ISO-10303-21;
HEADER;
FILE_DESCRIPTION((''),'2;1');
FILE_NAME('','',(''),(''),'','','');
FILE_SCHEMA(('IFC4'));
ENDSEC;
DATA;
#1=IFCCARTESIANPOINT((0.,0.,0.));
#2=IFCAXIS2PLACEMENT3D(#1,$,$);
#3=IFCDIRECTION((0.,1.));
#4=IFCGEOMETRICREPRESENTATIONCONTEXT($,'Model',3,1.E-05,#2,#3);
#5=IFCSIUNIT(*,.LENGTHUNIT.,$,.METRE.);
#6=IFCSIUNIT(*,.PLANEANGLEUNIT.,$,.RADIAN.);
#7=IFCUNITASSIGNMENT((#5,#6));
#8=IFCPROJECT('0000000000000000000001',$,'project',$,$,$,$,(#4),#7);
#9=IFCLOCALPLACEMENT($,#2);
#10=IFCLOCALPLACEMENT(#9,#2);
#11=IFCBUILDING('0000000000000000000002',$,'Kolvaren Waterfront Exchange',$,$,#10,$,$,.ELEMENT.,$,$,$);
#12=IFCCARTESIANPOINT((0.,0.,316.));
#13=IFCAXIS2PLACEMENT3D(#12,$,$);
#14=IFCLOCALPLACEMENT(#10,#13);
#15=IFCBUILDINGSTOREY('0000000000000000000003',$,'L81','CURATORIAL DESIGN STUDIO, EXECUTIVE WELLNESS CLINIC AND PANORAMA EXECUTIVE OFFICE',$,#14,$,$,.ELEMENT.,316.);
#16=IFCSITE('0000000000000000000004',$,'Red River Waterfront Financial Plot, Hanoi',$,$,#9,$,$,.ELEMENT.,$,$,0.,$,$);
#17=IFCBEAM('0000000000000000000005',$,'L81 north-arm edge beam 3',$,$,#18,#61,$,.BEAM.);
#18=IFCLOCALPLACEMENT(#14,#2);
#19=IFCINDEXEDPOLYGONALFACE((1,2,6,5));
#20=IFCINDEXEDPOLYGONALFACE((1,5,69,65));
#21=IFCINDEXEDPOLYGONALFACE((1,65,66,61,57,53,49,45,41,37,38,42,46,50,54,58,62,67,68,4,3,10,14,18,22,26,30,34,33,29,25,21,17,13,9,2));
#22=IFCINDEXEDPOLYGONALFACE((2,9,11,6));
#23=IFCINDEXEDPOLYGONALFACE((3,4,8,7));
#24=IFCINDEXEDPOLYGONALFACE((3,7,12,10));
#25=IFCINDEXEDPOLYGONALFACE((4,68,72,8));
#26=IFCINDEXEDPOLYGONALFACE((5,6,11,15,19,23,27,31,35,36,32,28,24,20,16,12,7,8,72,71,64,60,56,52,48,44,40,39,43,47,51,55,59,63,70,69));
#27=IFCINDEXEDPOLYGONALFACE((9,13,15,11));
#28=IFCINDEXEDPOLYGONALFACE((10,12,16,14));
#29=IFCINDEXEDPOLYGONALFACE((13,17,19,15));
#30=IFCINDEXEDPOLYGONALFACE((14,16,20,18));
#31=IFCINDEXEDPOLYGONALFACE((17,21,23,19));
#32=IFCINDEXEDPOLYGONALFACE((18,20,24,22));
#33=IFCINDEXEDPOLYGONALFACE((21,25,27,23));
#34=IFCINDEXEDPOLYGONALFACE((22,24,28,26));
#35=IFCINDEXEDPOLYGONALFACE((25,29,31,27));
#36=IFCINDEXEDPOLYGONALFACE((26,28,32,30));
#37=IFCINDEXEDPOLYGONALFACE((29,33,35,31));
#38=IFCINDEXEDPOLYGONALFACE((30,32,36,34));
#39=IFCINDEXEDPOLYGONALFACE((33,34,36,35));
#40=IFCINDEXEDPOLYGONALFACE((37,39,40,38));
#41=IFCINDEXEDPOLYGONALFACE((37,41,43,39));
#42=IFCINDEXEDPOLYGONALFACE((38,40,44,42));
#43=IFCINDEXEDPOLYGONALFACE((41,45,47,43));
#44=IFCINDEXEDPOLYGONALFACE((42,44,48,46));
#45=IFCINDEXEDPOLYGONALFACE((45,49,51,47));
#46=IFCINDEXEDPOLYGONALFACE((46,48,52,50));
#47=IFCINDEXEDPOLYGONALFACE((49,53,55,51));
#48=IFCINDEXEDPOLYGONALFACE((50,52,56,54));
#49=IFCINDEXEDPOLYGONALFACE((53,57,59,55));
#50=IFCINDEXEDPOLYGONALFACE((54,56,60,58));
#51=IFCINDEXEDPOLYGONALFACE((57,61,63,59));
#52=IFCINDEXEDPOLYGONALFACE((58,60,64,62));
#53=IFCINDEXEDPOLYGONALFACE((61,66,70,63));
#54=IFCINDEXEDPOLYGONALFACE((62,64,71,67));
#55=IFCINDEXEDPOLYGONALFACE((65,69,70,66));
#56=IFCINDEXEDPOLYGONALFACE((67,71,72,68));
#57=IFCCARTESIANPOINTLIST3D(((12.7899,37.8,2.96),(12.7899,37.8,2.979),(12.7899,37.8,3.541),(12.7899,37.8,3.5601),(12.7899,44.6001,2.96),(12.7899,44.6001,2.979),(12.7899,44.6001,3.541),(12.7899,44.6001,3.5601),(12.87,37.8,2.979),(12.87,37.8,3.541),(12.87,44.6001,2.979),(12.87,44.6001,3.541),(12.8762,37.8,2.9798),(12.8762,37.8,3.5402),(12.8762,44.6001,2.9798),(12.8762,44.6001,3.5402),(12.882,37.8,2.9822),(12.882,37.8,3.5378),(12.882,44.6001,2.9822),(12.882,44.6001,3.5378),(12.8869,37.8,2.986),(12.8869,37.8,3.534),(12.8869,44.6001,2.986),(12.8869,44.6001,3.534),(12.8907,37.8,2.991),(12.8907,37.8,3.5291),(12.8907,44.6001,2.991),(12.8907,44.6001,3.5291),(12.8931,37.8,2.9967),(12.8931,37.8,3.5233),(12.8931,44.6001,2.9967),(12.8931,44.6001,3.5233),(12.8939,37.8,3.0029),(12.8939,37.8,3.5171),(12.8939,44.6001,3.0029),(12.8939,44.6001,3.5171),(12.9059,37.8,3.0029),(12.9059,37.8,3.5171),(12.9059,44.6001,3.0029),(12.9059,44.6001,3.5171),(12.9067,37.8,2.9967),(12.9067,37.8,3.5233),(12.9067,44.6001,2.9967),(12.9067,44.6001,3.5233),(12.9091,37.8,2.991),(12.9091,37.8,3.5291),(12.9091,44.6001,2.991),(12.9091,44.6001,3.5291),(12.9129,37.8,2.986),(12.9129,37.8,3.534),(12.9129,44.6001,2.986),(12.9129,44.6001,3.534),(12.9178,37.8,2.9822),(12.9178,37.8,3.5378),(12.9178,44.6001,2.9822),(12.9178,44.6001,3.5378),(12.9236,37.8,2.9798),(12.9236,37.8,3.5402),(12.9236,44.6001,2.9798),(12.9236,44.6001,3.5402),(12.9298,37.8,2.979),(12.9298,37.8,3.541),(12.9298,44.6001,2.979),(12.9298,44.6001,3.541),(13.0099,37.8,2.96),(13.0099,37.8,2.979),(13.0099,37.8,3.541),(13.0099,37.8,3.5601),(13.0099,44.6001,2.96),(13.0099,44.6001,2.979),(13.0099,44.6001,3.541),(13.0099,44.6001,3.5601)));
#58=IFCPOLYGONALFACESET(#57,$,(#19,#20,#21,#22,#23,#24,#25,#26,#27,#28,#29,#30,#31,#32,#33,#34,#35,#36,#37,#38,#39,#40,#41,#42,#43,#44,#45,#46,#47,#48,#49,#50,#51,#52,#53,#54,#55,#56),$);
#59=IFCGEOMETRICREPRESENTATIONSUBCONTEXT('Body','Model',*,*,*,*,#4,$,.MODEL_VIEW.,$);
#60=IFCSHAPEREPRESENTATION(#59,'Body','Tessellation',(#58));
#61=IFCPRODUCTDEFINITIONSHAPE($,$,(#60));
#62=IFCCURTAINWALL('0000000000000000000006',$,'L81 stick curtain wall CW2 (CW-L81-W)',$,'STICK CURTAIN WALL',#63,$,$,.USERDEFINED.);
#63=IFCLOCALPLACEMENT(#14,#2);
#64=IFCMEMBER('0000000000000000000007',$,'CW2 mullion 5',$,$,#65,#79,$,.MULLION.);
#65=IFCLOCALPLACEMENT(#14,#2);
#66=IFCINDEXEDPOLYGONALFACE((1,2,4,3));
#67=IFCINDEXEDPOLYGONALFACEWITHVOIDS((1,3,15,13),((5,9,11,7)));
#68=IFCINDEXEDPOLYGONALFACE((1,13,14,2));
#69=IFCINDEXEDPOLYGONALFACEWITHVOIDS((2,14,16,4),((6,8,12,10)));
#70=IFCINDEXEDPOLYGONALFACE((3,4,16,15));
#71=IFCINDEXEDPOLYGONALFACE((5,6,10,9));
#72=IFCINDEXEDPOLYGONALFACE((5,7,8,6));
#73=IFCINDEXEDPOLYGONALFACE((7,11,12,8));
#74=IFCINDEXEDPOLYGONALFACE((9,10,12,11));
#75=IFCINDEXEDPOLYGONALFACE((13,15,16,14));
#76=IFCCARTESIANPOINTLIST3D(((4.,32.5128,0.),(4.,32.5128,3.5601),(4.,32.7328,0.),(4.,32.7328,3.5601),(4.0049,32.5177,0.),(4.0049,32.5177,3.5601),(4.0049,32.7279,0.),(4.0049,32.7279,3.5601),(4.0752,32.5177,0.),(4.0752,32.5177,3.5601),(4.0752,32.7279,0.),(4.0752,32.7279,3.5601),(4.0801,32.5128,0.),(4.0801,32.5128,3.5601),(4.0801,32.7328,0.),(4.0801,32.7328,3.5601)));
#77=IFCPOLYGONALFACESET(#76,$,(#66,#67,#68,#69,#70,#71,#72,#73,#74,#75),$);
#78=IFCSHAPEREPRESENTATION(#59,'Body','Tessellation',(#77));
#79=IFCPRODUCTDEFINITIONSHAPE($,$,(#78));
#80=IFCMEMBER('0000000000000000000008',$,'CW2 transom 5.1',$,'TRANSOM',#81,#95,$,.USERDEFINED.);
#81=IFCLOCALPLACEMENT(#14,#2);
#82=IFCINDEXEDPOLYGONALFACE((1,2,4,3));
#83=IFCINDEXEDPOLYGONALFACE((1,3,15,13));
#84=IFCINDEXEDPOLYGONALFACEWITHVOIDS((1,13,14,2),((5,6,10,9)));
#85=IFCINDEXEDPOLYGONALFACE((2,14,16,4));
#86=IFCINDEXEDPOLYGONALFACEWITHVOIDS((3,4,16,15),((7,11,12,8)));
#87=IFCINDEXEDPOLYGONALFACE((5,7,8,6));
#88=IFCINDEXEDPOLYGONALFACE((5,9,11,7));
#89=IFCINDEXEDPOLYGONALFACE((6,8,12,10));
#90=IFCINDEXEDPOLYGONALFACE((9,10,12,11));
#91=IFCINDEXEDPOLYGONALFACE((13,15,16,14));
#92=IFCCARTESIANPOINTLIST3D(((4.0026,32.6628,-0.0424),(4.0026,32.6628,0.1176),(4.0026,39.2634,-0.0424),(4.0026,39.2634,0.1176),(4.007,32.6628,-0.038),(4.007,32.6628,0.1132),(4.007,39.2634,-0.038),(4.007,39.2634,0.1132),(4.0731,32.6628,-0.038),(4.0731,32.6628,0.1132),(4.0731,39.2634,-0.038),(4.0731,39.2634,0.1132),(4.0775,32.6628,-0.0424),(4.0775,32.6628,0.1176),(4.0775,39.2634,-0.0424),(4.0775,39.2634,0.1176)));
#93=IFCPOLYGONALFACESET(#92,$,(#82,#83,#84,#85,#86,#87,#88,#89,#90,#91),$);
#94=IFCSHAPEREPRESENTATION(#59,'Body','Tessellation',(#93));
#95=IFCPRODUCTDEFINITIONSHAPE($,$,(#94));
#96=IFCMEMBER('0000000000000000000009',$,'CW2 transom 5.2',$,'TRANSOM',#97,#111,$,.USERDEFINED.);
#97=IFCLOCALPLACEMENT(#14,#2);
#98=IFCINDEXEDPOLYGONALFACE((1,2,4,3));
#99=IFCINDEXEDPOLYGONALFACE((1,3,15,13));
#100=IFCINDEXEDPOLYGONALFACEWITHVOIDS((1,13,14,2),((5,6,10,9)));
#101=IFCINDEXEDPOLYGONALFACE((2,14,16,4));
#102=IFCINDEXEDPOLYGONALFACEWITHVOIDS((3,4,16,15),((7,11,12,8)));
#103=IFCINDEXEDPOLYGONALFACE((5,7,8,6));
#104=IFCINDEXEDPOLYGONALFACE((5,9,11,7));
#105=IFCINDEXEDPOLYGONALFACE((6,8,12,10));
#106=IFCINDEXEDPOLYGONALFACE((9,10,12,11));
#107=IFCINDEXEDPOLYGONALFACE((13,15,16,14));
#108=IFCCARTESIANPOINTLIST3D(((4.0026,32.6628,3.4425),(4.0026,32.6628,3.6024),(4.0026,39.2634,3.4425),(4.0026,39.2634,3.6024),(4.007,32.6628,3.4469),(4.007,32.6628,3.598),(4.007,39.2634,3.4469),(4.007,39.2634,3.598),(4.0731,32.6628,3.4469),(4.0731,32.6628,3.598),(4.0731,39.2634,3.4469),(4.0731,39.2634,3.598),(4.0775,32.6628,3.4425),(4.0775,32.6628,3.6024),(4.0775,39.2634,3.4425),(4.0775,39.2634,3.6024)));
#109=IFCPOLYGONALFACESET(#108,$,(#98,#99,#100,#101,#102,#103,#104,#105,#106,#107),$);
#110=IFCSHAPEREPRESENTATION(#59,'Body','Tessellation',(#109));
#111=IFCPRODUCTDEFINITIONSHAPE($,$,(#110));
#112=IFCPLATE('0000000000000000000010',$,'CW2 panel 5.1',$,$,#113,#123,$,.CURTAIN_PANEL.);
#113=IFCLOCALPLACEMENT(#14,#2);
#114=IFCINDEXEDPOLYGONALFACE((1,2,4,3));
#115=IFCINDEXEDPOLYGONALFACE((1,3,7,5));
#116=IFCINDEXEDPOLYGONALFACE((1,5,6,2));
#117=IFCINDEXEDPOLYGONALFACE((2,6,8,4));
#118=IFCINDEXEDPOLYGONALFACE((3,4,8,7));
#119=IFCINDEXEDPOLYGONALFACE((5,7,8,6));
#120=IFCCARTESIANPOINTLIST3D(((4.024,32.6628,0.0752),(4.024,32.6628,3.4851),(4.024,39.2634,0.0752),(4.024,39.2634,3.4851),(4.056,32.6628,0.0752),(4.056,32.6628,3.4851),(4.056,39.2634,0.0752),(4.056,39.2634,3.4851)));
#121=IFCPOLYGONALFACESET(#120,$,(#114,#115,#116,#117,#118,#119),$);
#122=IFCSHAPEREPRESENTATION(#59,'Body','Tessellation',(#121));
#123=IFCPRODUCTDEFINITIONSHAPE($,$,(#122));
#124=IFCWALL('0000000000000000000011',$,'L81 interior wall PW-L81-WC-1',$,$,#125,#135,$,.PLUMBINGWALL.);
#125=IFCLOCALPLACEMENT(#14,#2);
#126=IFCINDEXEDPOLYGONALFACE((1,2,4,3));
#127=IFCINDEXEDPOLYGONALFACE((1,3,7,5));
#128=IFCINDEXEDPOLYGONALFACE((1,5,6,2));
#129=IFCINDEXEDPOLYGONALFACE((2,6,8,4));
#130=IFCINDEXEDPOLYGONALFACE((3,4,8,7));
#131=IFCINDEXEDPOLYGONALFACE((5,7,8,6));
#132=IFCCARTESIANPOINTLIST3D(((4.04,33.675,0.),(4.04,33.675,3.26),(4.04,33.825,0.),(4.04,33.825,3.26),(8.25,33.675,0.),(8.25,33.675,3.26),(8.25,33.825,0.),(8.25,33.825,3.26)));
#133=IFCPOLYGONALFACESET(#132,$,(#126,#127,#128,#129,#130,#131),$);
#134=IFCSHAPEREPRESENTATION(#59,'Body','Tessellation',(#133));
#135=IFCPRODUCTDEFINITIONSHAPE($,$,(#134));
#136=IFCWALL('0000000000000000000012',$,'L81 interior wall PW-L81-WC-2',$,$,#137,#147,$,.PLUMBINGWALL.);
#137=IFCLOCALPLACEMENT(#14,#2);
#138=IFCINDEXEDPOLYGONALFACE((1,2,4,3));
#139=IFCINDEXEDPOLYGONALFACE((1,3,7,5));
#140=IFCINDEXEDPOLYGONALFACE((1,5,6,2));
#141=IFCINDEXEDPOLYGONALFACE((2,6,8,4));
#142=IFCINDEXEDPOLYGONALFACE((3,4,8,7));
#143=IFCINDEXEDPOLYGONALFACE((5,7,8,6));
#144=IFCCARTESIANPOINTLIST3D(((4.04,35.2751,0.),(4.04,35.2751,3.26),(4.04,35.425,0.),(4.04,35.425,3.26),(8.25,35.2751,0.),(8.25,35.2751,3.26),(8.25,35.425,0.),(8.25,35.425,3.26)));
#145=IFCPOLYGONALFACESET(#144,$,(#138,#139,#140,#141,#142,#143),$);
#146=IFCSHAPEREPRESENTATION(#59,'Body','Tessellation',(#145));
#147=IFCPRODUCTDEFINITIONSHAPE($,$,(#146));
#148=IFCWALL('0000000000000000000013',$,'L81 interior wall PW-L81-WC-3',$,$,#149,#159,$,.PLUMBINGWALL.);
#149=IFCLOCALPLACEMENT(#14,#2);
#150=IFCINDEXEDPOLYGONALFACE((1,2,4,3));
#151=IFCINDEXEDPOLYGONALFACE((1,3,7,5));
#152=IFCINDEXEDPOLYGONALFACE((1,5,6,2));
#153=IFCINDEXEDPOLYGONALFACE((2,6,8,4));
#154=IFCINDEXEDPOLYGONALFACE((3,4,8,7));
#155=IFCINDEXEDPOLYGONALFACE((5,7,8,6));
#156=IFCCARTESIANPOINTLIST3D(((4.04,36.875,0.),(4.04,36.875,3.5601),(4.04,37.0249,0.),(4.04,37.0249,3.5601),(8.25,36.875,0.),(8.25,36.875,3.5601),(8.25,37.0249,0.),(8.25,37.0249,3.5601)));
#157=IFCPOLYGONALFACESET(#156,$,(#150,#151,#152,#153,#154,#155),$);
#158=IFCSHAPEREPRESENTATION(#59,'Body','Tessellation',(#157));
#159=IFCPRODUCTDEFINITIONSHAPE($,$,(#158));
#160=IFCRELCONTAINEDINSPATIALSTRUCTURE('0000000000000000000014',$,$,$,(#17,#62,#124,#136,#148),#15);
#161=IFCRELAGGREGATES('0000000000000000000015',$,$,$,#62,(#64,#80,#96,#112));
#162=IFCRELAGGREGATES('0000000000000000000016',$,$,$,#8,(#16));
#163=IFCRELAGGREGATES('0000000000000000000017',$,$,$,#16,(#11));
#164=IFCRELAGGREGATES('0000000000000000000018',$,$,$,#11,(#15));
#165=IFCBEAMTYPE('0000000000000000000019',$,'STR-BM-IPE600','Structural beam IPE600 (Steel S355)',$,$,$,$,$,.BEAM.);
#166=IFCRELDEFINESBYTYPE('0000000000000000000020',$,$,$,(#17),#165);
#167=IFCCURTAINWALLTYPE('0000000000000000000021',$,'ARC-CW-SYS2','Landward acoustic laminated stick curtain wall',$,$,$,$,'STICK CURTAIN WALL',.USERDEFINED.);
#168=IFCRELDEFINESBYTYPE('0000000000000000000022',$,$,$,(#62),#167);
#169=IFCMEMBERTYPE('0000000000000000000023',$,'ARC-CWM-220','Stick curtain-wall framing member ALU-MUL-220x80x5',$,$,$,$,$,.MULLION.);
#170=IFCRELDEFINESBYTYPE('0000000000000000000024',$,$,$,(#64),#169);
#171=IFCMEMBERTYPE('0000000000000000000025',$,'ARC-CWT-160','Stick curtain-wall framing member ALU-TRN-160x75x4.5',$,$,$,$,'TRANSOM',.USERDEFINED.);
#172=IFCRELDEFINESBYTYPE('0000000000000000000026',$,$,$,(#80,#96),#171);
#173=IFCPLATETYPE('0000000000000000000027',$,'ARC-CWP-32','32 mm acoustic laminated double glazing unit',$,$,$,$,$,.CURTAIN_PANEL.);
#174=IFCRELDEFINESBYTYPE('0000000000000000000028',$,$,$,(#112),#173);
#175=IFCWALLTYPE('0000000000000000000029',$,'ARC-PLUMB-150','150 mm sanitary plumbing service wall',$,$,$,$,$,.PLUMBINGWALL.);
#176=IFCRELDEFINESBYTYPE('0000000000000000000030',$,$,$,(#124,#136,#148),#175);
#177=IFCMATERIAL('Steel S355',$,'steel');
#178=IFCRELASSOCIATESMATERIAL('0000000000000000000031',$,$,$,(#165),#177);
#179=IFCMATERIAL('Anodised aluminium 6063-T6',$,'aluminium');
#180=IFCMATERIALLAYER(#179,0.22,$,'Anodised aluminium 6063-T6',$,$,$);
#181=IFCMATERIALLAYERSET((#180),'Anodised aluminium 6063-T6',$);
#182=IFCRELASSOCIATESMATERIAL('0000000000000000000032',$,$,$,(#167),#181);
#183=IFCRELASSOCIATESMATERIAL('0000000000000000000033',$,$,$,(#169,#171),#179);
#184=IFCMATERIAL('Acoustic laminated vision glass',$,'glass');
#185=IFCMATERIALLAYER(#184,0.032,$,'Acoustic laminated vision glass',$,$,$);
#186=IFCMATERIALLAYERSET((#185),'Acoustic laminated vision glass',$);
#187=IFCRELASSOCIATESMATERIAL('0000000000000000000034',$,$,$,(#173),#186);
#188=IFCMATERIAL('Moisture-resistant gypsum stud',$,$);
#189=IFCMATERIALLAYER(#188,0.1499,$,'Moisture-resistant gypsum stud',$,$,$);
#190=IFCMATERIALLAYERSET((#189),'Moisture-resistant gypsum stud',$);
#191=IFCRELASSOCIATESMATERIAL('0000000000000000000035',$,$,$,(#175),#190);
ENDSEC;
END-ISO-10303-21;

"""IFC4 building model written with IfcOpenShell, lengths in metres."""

from ifc_helpers import new_model, si_unit, direction, frame, frame_2d, origin, origin_with_axes, origin_2d, place, context, subcontext, project, spatial, rectangle, hollow_rectangle, i_section, extrude, source, transform, mapped, material, layer, layer_set, material_profile, profile_set, type_object, element, aggregate, save


model = new_model("IFC4")

# Units and contexts
model_context = context("Model", 3, precision=1e-05, world=origin(), true_north=direction((0.0, 1.0)))
body_context = subcontext(model_context, "Body", "Model", "MODEL_VIEW")
ifc_project = project(units=[si_unit("LENGTHUNIT", "METRE"), si_unit("PLANEANGLEUNIT", "RADIAN")], contexts=[model_context])

# Site, building, storey
site_placement = place(None, origin())
site = spatial("IfcSite", under=ifc_project, at=site_placement, Name="Red River Waterfront Financial Plot, Hanoi", CompositionType="ELEMENT", RefElevation=0.0)
building_placement = place(site_placement, origin())
building = spatial("IfcBuilding", under=site, at=building_placement, Name="Kolvaren Waterfront Exchange", CompositionType="ELEMENT")
storey_placement = place(building_placement, frame((0.0, 0.0, 316.0)))
storey = spatial("IfcBuildingStorey", under=building, at=storey_placement, Name="L81", Description="CURATORIAL DESIGN STUDIO, EXECUTIVE WELLNESS CLINIC AND PANORAMA EXECUTIVE OFFICE", CompositionType="ELEMENT", Elevation=316.0)

# Beam
ifc_material_1 = material(Name="Steel S355", Category="steel")
ifc_material_profile_1 = material_profile(ifc_material_1, i_section(OverallWidth=0.22, OverallDepth=0.6001, WebThickness=0.012, FlangeThickness=0.019, FilletRadius=0.0239, at=origin_2d()), Name="IPE600")
ifc_profile_set_1 = profile_set([ifc_material_profile_1], Name="Steel S355")
beam_type_1 = type_object("IfcBeamType", Name="STR-BM-IPE600", Description="Structural beam IPE600 (Steel S355)", PredefinedType="BEAM", material=ifc_profile_set_1)
beam_1_placement = place(storey_placement, frame((12.8999, 37.8, 3.26), z_axis=(0.0, 1.0, 0.0), x_axis=(-1.0, 0.0, 0.0)))
element("IfcBeam", 1, at=beam_1_placement, inside=storey, type_object=beam_type_1, Name="L81 north-arm edge beam 3", PredefinedType="BEAM", context=body_context, shape_type="SweptSolid", body=[
    extrude(i_section(OverallWidth=0.22, OverallDepth=0.6001, WebThickness=0.012, FlangeThickness=0.019, FilletRadius=0.0239, at=origin_2d()), origin(), (0.0, 0.0, 1.0), 6.8),
])

# Curtain wall, members, plate
ifc_material_2 = material(Name="Anodised aluminium 6063-T6", Category="aluminium")
ifc_layer_1 = layer(ifc_material_2, 0.22, Name="Anodised aluminium 6063-T6")
ifc_layer_set_1 = layer_set([ifc_layer_1], Name="Anodised aluminium 6063-T6")
curtain_wall_type = type_object("IfcCurtainWallType", Name="ARC-CW-SYS2", Description="Landward acoustic laminated stick curtain wall", ElementType="STICK CURTAIN WALL", PredefinedType="USERDEFINED", material=ifc_layer_set_1)
curtain_wall_placement = place(storey_placement, origin())
curtain_wall = element("IfcCurtainWall", 2, at=curtain_wall_placement, inside=storey, type_object=curtain_wall_type, Name="L81 stick curtain wall CW2 (CW-L81-W)", ObjectType="STICK CURTAIN WALL", PredefinedType="USERDEFINED")
ifc_material_profile_2 = material_profile(ifc_material_2, hollow_rectangle(XDim=0.0801, YDim=0.22, WallThickness=0.0049, at=origin_2d()), Name="ALU-MUL-220x80x5")
ifc_profile_set_2 = profile_set([ifc_material_profile_2], Name="Anodised aluminium 6063-T6")
member_type_1 = type_object("IfcMemberType", Name="ARC-CWM-220", Description="Stick curtain-wall framing member ALU-MUL-220x80x5", PredefinedType="MULLION", material=ifc_profile_set_2)
shared_shape_1 = source(origin_with_axes(), body_context, "Body", "SweptSolid", [
    extrude(hollow_rectangle(XDim=0.0801, YDim=0.22, WallThickness=0.0049, at=origin_2d()), origin(), (0.0, 0.0, 1.0), 3.5601),
])
member_1_placement = place(storey_placement, frame((4.04, 32.6228, 0.0), z_axis=(0.0, 0.0, 1.0), x_axis=(-1.0, 0.0, 0.0)))
member_1 = element("IfcMember", 3, at=member_1_placement, type_object=member_type_1, Name="CW2 mullion 5", PredefinedType="MULLION", context=body_context, shape_type="MappedRepresentation", body=[
    mapped(shared_shape_1, transform((0.0, 0.0, 0.0), x_axis=(1.0, 0.0, 0.0), y_axis=(0.0, 1.0, 0.0), z_axis=(0.0, 0.0, 1.0), scale=1.0)),
])
ifc_material_profile_3 = material_profile(ifc_material_2, hollow_rectangle(XDim=0.075, YDim=0.1599, WallThickness=0.0044, at=origin_2d()), Name="ALU-TRN-160x75x4.5")
ifc_profile_set_3 = profile_set([ifc_material_profile_3], Name="Anodised aluminium 6063-T6")
member_type_2 = type_object("IfcMemberType", Name="ARC-CWT-160", Description="Stick curtain-wall framing member ALU-TRN-160x75x4.5", ElementType="TRANSOM", PredefinedType="USERDEFINED", material=ifc_profile_set_3)
shared_shape_2 = source(origin_with_axes(), body_context, "Body", "SweptSolid", [
    extrude(hollow_rectangle(XDim=0.075, YDim=0.1599, WallThickness=0.0044, at=origin_2d()), origin(), (0.0, 0.0, 1.0), 6.6006),
])
member_2_placement = place(storey_placement, frame((4.04, 32.6628, 0.0376), z_axis=(0.0, 1.0, 0.0), x_axis=(-1.0, 0.0, 0.0)))
member_2 = element("IfcMember", 4, at=member_2_placement, type_object=member_type_2, Name="CW2 transom 5.1", ObjectType="TRANSOM", PredefinedType="USERDEFINED", context=body_context, shape_type="MappedRepresentation", body=[
    mapped(shared_shape_2, transform((0.0, 0.0, 0.0), x_axis=(1.0, 0.0, 0.0), y_axis=(0.0, 1.0, 0.0), z_axis=(0.0, 0.0, 1.0), scale=1.0)),
])
member_3_placement = place(storey_placement, frame((4.04, 32.6628, 3.5225), z_axis=(0.0, 1.0, 0.0), x_axis=(-1.0, 0.0, 0.0)))
member_3 = element("IfcMember", 5, at=member_3_placement, type_object=member_type_2, Name="CW2 transom 5.2", ObjectType="TRANSOM", PredefinedType="USERDEFINED", context=body_context, shape_type="MappedRepresentation", body=[
    mapped(shared_shape_2, transform((0.0, 0.0, 0.0), x_axis=(1.0, 0.0, 0.0), y_axis=(0.0, 1.0, 0.0), z_axis=(0.0, 0.0, 1.0), scale=1.0)),
])
ifc_material_3 = material(Name="Acoustic laminated vision glass", Category="glass")
ifc_layer_2 = layer(ifc_material_3, 0.032, Name="Acoustic laminated vision glass")
ifc_layer_set_2 = layer_set([ifc_layer_2], Name="Acoustic laminated vision glass")
plate_type = type_object("IfcPlateType", Name="ARC-CWP-32", Description="32 mm acoustic laminated double glazing unit", PredefinedType="CURTAIN_PANEL", material=ifc_layer_set_2)
shared_shape_3 = source(origin_with_axes(), body_context, "Body", "SweptSolid", [
    extrude(rectangle(XDim=6.6006, YDim=0.032, at=origin_2d()), origin(), (0.0, 0.0, 1.0), 3.4099),
])
plate_placement = place(storey_placement, frame((4.04, 35.9631, 0.0752), z_axis=(0.0, 0.0, 1.0), x_axis=(0.0, 1.0, 0.0)))
plate = element("IfcPlate", 6, at=plate_placement, type_object=plate_type, Name="CW2 panel 5.1", PredefinedType="CURTAIN_PANEL", context=body_context, shape_type="MappedRepresentation", body=[
    mapped(shared_shape_3, transform((0.0, 0.0, 0.0), x_axis=(1.0, 0.0, 0.0), y_axis=(0.0, 1.0, 0.0), z_axis=(0.0, 0.0, 1.0), scale=1.0)),
])
aggregate(curtain_wall, [member_1, member_2, member_3, plate])

# Shared definitions
ifc_material_4 = material(Name="Moisture-resistant gypsum stud")
ifc_layer_3 = layer(ifc_material_4, 0.1499, Name="Moisture-resistant gypsum stud")
ifc_layer_set_3 = layer_set([ifc_layer_3], Name="Moisture-resistant gypsum stud")
wall_type = type_object("IfcWallType", Name="ARC-PLUMB-150", Description="150 mm sanitary plumbing service wall", PredefinedType="PLUMBINGWALL", material=ifc_layer_set_3)

# Walls
for number, where, z_axis, x_axis, name in (
    (7, (4.04, 33.75, 0.0), (0.0, 0.0, 1.0), (1.0, 0.0, 0.0), "L81 interior wall PW-L81-WC-1"),
    (8, (4.04, 35.3501, 0.0), (0.0, 0.0, 1.0), (1.0, 0.0, 0.0), "L81 interior wall PW-L81-WC-2"),
):
    element("IfcWall", number, at=place(storey_placement, frame(where, z_axis=z_axis, x_axis=x_axis)), inside=storey, type_object=wall_type, Name=name, PredefinedType="PLUMBINGWALL", context=body_context, shape_type="SweptSolid", body=[
        extrude(rectangle(XDim=4.21, YDim=0.1499, at=frame_2d((2.105, 0.0))), origin(), (0.0, 0.0, 1.0), 3.26),
    ])
wall_1_placement = place(storey_placement, frame((4.04, 36.95, 0.0), z_axis=(0.0, 0.0, 1.0), x_axis=(1.0, 0.0, 0.0)))
element("IfcWall", 9, at=wall_1_placement, inside=storey, type_object=wall_type, Name="L81 interior wall PW-L81-WC-3", PredefinedType="PLUMBINGWALL", context=body_context, shape_type="SweptSolid", body=[
    extrude(rectangle(XDim=4.21, YDim=0.1499, at=frame_2d((2.105, 0.0))), origin(), (0.0, 0.0, 1.0), 3.5601),
])

save(model, "model.ifc")
